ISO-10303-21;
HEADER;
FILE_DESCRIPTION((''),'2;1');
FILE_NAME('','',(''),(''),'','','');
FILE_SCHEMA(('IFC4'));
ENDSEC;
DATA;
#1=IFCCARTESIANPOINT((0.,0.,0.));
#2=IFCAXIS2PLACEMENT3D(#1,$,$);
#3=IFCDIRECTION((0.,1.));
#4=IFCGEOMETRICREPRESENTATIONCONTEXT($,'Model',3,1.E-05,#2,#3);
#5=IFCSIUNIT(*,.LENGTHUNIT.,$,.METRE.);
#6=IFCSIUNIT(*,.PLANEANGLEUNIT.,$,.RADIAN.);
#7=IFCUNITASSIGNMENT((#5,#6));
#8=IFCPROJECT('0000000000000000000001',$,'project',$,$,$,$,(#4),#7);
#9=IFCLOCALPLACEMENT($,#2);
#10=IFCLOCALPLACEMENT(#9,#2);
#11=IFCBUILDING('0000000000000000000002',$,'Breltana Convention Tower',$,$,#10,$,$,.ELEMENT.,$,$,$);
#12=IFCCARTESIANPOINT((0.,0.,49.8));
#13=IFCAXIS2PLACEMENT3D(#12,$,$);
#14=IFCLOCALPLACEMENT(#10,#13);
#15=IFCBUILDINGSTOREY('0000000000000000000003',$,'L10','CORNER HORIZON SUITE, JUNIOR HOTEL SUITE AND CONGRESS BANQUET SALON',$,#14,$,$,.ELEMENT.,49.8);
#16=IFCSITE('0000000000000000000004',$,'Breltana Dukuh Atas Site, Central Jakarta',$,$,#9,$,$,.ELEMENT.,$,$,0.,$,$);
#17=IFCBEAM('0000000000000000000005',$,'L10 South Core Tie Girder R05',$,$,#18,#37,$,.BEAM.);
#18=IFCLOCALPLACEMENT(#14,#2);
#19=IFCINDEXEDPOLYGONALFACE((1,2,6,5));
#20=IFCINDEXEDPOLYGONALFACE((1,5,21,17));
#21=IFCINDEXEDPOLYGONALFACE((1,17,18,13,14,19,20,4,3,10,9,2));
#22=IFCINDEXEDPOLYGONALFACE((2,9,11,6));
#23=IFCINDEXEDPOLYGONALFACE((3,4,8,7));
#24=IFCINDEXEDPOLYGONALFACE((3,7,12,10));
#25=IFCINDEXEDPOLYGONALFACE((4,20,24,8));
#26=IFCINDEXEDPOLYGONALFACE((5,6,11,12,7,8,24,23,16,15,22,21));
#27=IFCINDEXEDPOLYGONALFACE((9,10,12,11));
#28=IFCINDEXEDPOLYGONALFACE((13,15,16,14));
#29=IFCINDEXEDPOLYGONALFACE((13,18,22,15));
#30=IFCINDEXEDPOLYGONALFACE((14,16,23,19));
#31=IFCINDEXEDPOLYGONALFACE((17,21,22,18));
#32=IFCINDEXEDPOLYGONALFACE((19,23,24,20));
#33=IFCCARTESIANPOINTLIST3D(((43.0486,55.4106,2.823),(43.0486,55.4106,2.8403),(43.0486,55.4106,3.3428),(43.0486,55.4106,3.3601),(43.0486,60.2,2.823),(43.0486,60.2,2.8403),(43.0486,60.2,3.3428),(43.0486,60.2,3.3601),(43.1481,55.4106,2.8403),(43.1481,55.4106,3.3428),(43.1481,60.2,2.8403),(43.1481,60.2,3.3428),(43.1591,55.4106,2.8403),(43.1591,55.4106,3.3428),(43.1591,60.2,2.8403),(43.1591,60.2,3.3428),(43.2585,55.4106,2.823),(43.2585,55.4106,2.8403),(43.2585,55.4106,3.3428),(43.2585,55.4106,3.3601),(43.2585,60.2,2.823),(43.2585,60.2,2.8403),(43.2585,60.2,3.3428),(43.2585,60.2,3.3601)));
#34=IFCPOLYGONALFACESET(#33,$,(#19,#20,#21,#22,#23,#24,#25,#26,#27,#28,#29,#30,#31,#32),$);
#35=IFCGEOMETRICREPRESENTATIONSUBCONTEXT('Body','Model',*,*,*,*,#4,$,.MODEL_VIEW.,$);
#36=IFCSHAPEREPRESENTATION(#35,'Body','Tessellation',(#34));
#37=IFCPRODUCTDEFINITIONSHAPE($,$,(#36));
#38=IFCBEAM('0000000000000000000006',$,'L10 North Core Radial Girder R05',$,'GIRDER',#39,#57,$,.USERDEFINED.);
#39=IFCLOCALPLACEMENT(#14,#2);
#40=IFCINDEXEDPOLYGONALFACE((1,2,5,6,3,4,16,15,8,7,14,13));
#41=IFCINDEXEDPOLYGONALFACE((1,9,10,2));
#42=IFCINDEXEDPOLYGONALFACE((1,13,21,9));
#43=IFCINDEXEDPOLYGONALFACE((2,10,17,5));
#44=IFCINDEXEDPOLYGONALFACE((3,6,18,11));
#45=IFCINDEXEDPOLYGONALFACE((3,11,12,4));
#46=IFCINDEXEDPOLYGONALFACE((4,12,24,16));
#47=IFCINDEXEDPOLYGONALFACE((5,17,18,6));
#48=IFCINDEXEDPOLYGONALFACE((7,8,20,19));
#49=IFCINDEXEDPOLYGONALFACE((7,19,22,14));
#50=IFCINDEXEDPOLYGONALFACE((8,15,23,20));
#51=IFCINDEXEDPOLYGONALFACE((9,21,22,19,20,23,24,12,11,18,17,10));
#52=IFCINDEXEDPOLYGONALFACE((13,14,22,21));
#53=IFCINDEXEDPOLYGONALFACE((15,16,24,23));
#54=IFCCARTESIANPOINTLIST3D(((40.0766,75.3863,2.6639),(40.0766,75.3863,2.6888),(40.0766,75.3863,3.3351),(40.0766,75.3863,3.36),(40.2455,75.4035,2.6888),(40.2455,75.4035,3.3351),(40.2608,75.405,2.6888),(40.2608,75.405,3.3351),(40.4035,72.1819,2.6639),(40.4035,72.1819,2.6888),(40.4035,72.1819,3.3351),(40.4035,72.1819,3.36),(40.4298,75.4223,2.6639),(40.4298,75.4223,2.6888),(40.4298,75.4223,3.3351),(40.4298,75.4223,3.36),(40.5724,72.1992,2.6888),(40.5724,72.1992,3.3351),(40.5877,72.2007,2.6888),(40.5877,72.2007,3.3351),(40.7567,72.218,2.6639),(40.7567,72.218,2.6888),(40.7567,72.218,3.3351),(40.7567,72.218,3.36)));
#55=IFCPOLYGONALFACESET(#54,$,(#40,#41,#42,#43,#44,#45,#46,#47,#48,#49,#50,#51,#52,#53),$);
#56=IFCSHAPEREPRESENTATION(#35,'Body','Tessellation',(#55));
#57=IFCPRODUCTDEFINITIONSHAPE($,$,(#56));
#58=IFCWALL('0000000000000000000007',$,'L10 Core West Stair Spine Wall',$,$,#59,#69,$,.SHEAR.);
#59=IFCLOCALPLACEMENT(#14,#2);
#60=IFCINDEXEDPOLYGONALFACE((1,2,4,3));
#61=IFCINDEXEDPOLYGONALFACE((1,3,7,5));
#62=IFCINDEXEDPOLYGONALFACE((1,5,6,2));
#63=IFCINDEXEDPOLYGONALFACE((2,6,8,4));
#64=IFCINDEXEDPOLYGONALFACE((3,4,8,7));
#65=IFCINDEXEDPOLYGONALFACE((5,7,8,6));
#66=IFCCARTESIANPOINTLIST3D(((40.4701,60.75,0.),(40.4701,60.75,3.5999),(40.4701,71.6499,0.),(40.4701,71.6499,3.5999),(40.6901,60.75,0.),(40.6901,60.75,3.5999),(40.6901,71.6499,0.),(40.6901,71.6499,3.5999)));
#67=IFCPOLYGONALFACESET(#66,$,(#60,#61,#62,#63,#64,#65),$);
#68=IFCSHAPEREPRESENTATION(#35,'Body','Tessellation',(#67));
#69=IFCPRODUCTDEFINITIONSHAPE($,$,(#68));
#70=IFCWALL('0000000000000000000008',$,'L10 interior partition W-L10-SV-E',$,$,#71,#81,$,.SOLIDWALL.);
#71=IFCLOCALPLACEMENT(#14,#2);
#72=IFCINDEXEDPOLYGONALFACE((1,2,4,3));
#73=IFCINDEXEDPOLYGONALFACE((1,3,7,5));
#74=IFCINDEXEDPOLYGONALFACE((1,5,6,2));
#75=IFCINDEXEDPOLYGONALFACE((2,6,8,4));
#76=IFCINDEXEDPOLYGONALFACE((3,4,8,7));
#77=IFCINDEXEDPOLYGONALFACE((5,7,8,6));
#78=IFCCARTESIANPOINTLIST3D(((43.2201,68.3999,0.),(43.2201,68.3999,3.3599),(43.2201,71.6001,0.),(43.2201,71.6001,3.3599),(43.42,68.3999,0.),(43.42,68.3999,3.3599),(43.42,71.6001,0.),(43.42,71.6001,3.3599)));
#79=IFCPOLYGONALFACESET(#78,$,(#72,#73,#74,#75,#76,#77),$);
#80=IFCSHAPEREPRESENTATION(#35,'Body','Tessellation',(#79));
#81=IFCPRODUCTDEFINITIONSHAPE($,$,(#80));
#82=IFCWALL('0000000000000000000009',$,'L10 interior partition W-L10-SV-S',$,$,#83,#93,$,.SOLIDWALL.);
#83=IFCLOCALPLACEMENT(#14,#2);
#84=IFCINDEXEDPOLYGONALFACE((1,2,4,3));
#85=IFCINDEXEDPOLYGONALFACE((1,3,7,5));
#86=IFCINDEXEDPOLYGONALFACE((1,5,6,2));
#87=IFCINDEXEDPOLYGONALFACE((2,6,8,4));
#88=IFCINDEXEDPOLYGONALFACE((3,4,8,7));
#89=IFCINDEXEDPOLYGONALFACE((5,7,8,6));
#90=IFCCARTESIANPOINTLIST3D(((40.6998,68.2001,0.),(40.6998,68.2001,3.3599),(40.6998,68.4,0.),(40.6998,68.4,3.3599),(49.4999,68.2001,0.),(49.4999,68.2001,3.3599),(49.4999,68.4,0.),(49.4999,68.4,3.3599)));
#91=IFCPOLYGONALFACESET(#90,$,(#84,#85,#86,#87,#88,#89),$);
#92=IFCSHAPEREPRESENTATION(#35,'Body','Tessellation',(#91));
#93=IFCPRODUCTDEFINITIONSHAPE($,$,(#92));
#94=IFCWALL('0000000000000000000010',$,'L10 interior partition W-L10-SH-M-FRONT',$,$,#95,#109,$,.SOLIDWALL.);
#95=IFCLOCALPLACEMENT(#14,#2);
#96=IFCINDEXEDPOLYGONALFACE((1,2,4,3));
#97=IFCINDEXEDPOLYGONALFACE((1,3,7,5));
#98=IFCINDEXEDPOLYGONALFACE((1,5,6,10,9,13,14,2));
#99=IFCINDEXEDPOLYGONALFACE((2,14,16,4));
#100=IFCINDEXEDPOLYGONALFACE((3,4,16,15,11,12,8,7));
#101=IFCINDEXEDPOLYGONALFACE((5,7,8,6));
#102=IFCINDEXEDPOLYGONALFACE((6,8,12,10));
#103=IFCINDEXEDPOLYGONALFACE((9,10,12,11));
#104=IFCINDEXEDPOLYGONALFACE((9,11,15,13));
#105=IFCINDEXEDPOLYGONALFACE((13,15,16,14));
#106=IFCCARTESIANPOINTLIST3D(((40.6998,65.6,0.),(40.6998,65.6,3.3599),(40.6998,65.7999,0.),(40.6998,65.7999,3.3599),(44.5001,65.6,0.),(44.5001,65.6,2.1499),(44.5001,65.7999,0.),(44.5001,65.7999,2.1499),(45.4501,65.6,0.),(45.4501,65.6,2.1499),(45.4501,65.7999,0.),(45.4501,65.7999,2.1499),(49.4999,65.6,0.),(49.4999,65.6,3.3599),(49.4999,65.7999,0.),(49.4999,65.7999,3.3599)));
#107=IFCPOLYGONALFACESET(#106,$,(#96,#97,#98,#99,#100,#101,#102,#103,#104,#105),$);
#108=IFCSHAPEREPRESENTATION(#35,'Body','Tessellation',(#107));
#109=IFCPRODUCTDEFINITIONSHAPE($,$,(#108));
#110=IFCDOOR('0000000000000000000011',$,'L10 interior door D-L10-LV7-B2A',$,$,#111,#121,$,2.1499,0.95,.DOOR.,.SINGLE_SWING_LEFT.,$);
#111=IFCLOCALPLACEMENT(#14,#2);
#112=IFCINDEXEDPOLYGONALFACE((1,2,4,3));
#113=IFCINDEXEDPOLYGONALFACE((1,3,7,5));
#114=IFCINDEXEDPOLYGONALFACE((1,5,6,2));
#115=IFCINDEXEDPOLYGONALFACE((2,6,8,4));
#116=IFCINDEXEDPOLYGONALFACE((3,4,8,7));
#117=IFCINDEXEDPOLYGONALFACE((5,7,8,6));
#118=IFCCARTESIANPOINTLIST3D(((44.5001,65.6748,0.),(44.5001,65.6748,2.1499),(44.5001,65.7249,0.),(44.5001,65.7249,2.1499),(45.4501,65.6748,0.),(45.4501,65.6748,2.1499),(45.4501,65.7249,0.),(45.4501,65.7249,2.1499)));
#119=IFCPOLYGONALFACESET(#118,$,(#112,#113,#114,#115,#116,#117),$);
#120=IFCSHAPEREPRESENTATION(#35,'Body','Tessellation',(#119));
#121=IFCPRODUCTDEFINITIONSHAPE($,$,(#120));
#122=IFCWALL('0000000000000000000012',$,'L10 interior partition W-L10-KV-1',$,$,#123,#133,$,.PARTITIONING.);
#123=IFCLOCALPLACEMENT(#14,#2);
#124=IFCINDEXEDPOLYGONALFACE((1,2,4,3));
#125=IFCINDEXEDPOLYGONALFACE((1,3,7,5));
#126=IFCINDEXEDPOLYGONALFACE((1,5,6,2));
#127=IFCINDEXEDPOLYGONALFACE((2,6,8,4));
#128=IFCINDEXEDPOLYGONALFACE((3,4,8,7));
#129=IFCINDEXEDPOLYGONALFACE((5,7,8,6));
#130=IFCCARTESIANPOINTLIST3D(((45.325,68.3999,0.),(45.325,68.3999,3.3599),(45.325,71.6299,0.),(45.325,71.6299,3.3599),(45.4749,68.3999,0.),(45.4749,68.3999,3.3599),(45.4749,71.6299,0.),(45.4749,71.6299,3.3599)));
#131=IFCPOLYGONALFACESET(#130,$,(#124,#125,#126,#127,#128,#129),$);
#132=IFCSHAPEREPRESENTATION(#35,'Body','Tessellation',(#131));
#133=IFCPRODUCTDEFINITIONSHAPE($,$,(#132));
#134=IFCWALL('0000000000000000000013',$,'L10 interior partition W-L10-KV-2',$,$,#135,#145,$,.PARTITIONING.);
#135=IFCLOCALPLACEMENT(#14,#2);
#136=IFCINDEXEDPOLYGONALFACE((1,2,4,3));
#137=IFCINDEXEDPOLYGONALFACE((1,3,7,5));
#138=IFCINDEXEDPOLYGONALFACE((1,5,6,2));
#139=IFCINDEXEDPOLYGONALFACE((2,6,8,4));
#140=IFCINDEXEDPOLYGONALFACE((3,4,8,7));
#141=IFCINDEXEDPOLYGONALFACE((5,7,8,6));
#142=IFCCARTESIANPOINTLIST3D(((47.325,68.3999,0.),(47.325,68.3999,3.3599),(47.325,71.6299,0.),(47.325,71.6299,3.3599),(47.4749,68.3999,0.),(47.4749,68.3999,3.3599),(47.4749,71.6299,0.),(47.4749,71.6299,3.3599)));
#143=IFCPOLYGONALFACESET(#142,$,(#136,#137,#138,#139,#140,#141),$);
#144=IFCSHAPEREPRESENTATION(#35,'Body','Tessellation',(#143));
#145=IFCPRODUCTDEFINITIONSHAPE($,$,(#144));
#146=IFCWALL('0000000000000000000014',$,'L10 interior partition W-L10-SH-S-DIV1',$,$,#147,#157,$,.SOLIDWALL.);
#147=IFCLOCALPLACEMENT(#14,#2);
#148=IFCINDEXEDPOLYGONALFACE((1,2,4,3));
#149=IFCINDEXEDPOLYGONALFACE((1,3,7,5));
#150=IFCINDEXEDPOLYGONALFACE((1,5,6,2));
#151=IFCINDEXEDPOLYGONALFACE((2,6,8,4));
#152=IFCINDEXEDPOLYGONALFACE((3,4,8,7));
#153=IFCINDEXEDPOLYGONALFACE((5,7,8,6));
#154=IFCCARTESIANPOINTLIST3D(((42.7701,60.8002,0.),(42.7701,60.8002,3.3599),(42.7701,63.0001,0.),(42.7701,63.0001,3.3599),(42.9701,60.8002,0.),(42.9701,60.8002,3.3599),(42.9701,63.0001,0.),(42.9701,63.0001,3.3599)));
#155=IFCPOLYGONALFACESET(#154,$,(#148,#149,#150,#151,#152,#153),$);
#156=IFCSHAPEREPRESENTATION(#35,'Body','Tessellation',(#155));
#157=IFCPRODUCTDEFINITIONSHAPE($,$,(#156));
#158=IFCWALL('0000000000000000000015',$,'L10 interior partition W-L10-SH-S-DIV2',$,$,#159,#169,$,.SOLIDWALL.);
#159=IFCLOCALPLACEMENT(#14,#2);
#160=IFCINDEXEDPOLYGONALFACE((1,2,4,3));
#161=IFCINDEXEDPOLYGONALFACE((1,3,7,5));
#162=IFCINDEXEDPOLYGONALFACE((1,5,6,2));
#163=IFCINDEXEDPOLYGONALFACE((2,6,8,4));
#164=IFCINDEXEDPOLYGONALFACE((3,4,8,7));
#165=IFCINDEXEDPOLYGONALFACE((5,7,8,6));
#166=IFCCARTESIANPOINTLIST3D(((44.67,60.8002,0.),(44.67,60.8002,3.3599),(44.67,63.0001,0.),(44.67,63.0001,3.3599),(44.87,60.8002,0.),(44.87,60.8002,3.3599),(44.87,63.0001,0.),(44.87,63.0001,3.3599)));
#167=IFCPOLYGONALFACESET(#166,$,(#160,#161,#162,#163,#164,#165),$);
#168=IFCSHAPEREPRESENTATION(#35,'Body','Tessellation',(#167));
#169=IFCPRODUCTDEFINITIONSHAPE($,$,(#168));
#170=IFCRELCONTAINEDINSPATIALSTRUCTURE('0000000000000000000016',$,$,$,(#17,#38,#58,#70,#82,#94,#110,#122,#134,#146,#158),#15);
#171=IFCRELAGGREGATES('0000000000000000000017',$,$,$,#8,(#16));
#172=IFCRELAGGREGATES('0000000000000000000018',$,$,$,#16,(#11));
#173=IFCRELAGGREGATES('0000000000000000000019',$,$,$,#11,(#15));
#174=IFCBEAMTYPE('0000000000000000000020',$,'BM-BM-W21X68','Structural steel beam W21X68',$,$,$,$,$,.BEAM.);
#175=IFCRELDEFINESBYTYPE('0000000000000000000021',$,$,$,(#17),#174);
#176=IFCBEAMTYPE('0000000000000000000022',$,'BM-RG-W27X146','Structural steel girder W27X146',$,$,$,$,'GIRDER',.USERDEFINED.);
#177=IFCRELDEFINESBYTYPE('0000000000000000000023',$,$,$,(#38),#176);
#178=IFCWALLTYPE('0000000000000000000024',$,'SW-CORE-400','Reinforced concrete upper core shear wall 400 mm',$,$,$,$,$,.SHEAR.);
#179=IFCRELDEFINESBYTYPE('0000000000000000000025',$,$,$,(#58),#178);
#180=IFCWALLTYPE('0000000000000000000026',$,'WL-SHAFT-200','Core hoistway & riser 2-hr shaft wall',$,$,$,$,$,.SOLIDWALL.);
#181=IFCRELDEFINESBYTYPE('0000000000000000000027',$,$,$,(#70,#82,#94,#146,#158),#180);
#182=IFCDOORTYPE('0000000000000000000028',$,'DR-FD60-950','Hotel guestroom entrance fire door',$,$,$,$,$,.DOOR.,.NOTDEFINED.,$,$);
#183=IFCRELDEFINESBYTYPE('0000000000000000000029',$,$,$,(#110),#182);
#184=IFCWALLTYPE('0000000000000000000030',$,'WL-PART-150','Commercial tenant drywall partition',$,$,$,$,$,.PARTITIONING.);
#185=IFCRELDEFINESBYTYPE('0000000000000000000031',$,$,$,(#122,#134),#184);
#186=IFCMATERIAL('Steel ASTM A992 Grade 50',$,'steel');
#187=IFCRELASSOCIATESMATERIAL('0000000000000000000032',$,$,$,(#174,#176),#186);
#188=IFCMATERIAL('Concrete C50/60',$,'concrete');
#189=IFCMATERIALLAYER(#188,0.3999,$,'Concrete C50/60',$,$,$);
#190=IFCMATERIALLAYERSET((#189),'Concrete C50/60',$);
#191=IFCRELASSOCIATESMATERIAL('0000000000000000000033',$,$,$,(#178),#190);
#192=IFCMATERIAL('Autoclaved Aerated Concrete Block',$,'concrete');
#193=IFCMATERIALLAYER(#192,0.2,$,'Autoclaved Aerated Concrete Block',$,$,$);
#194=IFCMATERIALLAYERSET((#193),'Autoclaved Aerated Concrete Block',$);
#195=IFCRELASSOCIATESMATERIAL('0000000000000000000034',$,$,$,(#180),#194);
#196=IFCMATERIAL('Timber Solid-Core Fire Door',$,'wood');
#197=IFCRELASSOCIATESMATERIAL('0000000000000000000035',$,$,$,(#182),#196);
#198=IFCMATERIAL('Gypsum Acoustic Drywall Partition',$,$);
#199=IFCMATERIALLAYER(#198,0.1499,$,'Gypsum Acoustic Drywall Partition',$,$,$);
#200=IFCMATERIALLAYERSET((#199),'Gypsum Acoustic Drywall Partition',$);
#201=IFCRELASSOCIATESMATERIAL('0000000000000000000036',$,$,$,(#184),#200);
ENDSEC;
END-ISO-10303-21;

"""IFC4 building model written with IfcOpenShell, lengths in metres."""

from ifc_helpers import new_model, si_unit, direction, frame, frame_2d, origin, origin_2d, place, context, subcontext, project, spatial, rectangle, i_section, extrude, source, transform, mapped, material, layer, layer_set, material_profile, profile_set, type_object, type_shapes, element, fill, save


model = new_model("IFC4")

# Units and contexts
model_context = context("Model", 3, precision=1e-05, world=origin(), true_north=direction((0.0, 1.0)))
body_context = subcontext(model_context, "Body", "Model", "MODEL_VIEW")
ifc_project = project(units=[si_unit("LENGTHUNIT", "METRE"), si_unit("PLANEANGLEUNIT", "RADIAN")], contexts=[model_context])

# Site, building, storey
site_placement = place(None, origin())
site = spatial("IfcSite", under=ifc_project, at=site_placement, Name="Breltana Dukuh Atas Site, Central Jakarta", CompositionType="ELEMENT", RefElevation=0.0)
building_placement = place(site_placement, origin())
building = spatial("IfcBuilding", under=site, at=building_placement, Name="Breltana Convention Tower", CompositionType="ELEMENT")
storey_placement = place(building_placement, frame((0.0, 0.0, 49.8)))
storey = spatial("IfcBuildingStorey", under=building, at=storey_placement, Name="L10", Description="CORNER HORIZON SUITE, JUNIOR HOTEL SUITE AND CONGRESS BANQUET SALON", CompositionType="ELEMENT", Elevation=49.8)

# Beams
ifc_material_1 = material(Name="Steel ASTM A992 Grade 50", Category="steel")
ifc_material_profile_1 = material_profile(ifc_material_1, i_section(OverallWidth=0.21, OverallDepth=0.5371, WebThickness=0.011, FlangeThickness=0.0173, at=origin_2d()), Name="W21X68")
ifc_profile_set_1 = profile_set([ifc_material_profile_1], Name="Steel ASTM A992 Grade 50")
beam_type_1 = type_object("IfcBeamType", Name="BM-BM-W21X68", Description="Structural steel beam W21X68", PredefinedType="BEAM", material=ifc_profile_set_1)
shared_shape_1 = source(origin(), body_context, "Body", "SweptSolid", [
    extrude(i_section(OverallWidth=0.21, OverallDepth=0.5371, WebThickness=0.011, FlangeThickness=0.0173, at=origin_2d()), origin(), (0.0, 0.0, 1.0), 4.7893),
])
beam_1_placement = place(storey_placement, frame((43.1536, 60.2, 3.0916), z_axis=(0.0, -1.0, 0.0), x_axis=(1.0, 0.0, 0.0)))
element("IfcBeam", 1, at=beam_1_placement, inside=storey, type_object=beam_type_1, Name="L10 South Core Tie Girder R05", PredefinedType="BEAM", context=body_context, shape_type="MappedRepresentation", body=[
    mapped(shared_shape_1, transform((0.0, 0.0, 0.0), scale=1.0)),
])
ifc_material_profile_2 = material_profile(ifc_material_1, i_section(OverallWidth=0.355, OverallDepth=0.696, WebThickness=0.0154, FlangeThickness=0.0249, at=origin_2d()), Name="W27X146")
ifc_profile_set_2 = profile_set([ifc_material_profile_2], Name="Steel ASTM A992 Grade 50")
beam_type_2 = type_object("IfcBeamType", Name="BM-RG-W27X146", Description="Structural steel girder W27X146", ElementType="GIRDER", PredefinedType="USERDEFINED", material=ifc_profile_set_2)
shared_shape_2 = source(origin(), body_context, "Body", "SweptSolid", [
    extrude(i_section(OverallWidth=0.355, OverallDepth=0.696, WebThickness=0.0154, FlangeThickness=0.0249, at=origin_2d()), origin(), (0.0, 0.0, 1.0), 3.2209),
])
beam_2_placement = place(storey_placement, frame((40.5801, 72.2, 3.012), z_axis=(-0.101492, 0.994836, 0.0), x_axis=(-0.994836, -0.101492, 0.0)))
element("IfcBeam", 2, at=beam_2_placement, inside=storey, type_object=beam_type_2, Name="L10 North Core Radial Girder R05", ObjectType="GIRDER", PredefinedType="USERDEFINED", context=body_context, shape_type="MappedRepresentation", body=[
    mapped(shared_shape_2, transform((0.0, 0.0, 0.0), scale=1.0)),
])

# Walls
ifc_material_2 = material(Name="Concrete C50/60", Category="concrete")
ifc_layer_1 = layer(ifc_material_2, 0.3999, Name="Concrete C50/60")
ifc_layer_set_1 = layer_set([ifc_layer_1], Name="Concrete C50/60")
wall_type_1 = type_object("IfcWallType", Name="SW-CORE-400", Description="Reinforced concrete upper core shear wall 400 mm", PredefinedType="SHEAR", material=ifc_layer_set_1)
shared_shape_3 = source(origin(), body_context, "Body", "SweptSolid", [
    extrude(rectangle(XDim=10.8999, YDim=0.22, at=frame_2d((5.45, 0.0))), origin(), (0.0, 0.0, 1.0), 3.5999),
])
wall_1_placement = place(storey_placement, frame((40.5801, 60.75, 0.0), z_axis=(0.0, 0.0, 1.0), x_axis=(0.0, 1.0, 0.0)))
element("IfcWall", 3, at=wall_1_placement, inside=storey, type_object=wall_type_1, Name="L10 Core West Stair Spine Wall", PredefinedType="SHEAR", context=body_context, shape_type="MappedRepresentation", body=[
    mapped(shared_shape_3, transform((0.0, 0.0, 0.0), scale=1.0)),
])
ifc_material_3 = material(Name="Autoclaved Aerated Concrete Block", Category="concrete")
ifc_layer_2 = layer(ifc_material_3, 0.2, Name="Autoclaved Aerated Concrete Block")
ifc_layer_set_2 = layer_set([ifc_layer_2], Name="Autoclaved Aerated Concrete Block")
wall_type_2 = type_object("IfcWallType", Name="WL-SHAFT-200", Description="Core hoistway & riser 2-hr shaft wall", PredefinedType="SOLIDWALL", material=ifc_layer_set_2)
shared_shape_4 = source(origin(), body_context, "Body", "SweptSolid", [
    extrude(rectangle(XDim=3.2002, YDim=0.2, at=frame_2d((1.6001, 0.0))), origin(), (0.0, 0.0, 1.0), 3.3599),
])
wall_2_placement = place(storey_placement, frame((43.3201, 68.3999, 0.0), z_axis=(0.0, 0.0, 1.0), x_axis=(0.0, 1.0, 0.0)))
element("IfcWall", 4, at=wall_2_placement, inside=storey, type_object=wall_type_2, Name="L10 interior partition W-L10-SV-E", PredefinedType="SOLIDWALL", context=body_context, shape_type="MappedRepresentation", body=[
    mapped(shared_shape_4, transform((0.0, 0.0, 0.0), scale=1.0)),
])
shared_shape_5 = source(origin(), body_context, "Body", "SweptSolid", [
    extrude(rectangle(XDim=8.8, YDim=0.2, at=frame_2d((4.3999, 0.0))), origin(), (0.0, 0.0, 1.0), 3.3599),
])
wall_3_placement = place(storey_placement, frame((40.7, 68.3, 0.0), z_axis=(0.0, 0.0, 1.0), x_axis=(1.0, 0.0, 0.0)))
element("IfcWall", 5, at=wall_3_placement, inside=storey, type_object=wall_type_2, Name="L10 interior partition W-L10-SV-S", PredefinedType="SOLIDWALL", context=body_context, shape_type="MappedRepresentation", body=[
    mapped(shared_shape_5, transform((0.0, 0.0, 0.0), scale=1.0)),
])

# Wall, opening, door
wall_4_placement = place(storey_placement, frame((40.7, 65.7, 0.0), z_axis=(0.0, 0.0, 1.0), x_axis=(1.0, 0.0, 0.0)))
wall_4 = element("IfcWall", 6, at=wall_4_placement, inside=storey, type_object=wall_type_2, Name="L10 interior partition W-L10-SH-M-FRONT", PredefinedType="SOLIDWALL", context=body_context, shape_type="MappedRepresentation", body=[
    mapped(shared_shape_5, transform((0.0, 0.0, 0.0), scale=1.0)),
])
opening_1_placement = place(wall_4_placement, frame((3.8, 0.0, 0.0)))
opening_1 = element("IfcOpeningElement", 7, at=opening_1_placement, cuts=wall_4, PredefinedType="OPENING", context=body_context, shape_type="SweptSolid", body=[
    extrude(rectangle(XDim=0.95, YDim=2.1499, at=frame_2d((0.4751, 1.075))), frame((0.0, 0.1099, 0.0), z_axis=(0.0, -1.0, 0.0), x_axis=(1.0, 0.0, 0.0)), (0.0, 0.0, 1.0), 0.22),
])
ifc_material_4 = material(Name="Timber Solid-Core Fire Door", Category="wood")
door_type_1 = type_object("IfcDoorType", Name="DR-FD60-950", Description="Hotel guestroom entrance fire door", OperationType="NOTDEFINED", PredefinedType="DOOR", material=ifc_material_4)
shared_shape_6 = source(origin(), body_context, "Body", "SweptSolid", [
    extrude(rectangle(XDim=0.95, YDim=2.1499, at=frame_2d((0.4751, 1.075))), frame((0.0, 0.0249, 0.0), z_axis=(0.0, -1.0, 0.0), x_axis=(1.0, 0.0, 0.0)), (0.0, 0.0, 1.0), 0.05),
])
type_shapes(door_type_1, [shared_shape_6])
door_1_placement = place(opening_1_placement, origin())
door_1 = element("IfcDoor", 8, at=door_1_placement, inside=storey, type_object=door_type_1, Name="L10 interior door D-L10-LV7-B2A", OperationType="SINGLE_SWING_LEFT", OverallHeight=2.1499, OverallWidth=0.95, PredefinedType="DOOR", context=body_context, shape_type="MappedRepresentation", body=[
    mapped(shared_shape_6, transform((0.0, 0.0, 0.0), scale=1.0)),
])
fill(opening_1, door_1)

# Walls
ifc_material_5 = material(Name="Gypsum Acoustic Drywall Partition")
ifc_layer_3 = layer(ifc_material_5, 0.1499, Name="Gypsum Acoustic Drywall Partition")
ifc_layer_set_3 = layer_set([ifc_layer_3], Name="Gypsum Acoustic Drywall Partition")
wall_type_3 = type_object("IfcWallType", Name="WL-PART-150", Description="Commercial tenant drywall partition", PredefinedType="PARTITIONING", material=ifc_layer_set_3)
shared_shape_7 = source(origin(), body_context, "Body", "SweptSolid", [
    extrude(rectangle(XDim=3.23, YDim=0.1499, at=frame_2d((1.615, 0.0))), origin(), (0.0, 0.0, 1.0), 3.3599),
])
for number, where, z_axis, x_axis, name in (
    (9, (45.3999, 68.3999, 0.0), (0.0, 0.0, 1.0), (0.0, 1.0, 0.0), "L10 interior partition W-L10-KV-1"),
    (10, (47.3999, 68.3999, 0.0), (0.0, 0.0, 1.0), (0.0, 1.0, 0.0), "L10 interior partition W-L10-KV-2"),
):
    element("IfcWall", number, at=place(storey_placement, frame(where, z_axis=z_axis, x_axis=x_axis)), inside=storey, type_object=wall_type_3, Name=name, PredefinedType="PARTITIONING", context=body_context, shape_type="MappedRepresentation", body=[
        mapped(shared_shape_7, transform((0.0, 0.0, 0.0), scale=1.0)),
    ])

# Walls
shared_shape_8 = source(origin(), body_context, "Body", "SweptSolid", [
    extrude(rectangle(XDim=2.2, YDim=0.2, at=frame_2d((1.1001, 0.0))), origin(), (0.0, 0.0, 1.0), 3.3599),
])
for number, where, z_axis, x_axis, name in (
    (11, (42.8701, 60.8, 0.0), (0.0, 0.0, 1.0), (0.0, 1.0, 0.0), "L10 interior partition W-L10-SH-S-DIV1"),
    (12, (44.77, 60.8, 0.0), (0.0, 0.0, 1.0), (0.0, 1.0, 0.0), "L10 interior partition W-L10-SH-S-DIV2"),
):
    element("IfcWall", number, at=place(storey_placement, frame(where, z_axis=z_axis, x_axis=x_axis)), inside=storey, type_object=wall_type_2, Name=name, PredefinedType="SOLIDWALL", context=body_context, shape_type="MappedRepresentation", body=[
        mapped(shared_shape_8, transform((0.0, 0.0, 0.0), scale=1.0)),
    ])

save(model, "model.ifc")
